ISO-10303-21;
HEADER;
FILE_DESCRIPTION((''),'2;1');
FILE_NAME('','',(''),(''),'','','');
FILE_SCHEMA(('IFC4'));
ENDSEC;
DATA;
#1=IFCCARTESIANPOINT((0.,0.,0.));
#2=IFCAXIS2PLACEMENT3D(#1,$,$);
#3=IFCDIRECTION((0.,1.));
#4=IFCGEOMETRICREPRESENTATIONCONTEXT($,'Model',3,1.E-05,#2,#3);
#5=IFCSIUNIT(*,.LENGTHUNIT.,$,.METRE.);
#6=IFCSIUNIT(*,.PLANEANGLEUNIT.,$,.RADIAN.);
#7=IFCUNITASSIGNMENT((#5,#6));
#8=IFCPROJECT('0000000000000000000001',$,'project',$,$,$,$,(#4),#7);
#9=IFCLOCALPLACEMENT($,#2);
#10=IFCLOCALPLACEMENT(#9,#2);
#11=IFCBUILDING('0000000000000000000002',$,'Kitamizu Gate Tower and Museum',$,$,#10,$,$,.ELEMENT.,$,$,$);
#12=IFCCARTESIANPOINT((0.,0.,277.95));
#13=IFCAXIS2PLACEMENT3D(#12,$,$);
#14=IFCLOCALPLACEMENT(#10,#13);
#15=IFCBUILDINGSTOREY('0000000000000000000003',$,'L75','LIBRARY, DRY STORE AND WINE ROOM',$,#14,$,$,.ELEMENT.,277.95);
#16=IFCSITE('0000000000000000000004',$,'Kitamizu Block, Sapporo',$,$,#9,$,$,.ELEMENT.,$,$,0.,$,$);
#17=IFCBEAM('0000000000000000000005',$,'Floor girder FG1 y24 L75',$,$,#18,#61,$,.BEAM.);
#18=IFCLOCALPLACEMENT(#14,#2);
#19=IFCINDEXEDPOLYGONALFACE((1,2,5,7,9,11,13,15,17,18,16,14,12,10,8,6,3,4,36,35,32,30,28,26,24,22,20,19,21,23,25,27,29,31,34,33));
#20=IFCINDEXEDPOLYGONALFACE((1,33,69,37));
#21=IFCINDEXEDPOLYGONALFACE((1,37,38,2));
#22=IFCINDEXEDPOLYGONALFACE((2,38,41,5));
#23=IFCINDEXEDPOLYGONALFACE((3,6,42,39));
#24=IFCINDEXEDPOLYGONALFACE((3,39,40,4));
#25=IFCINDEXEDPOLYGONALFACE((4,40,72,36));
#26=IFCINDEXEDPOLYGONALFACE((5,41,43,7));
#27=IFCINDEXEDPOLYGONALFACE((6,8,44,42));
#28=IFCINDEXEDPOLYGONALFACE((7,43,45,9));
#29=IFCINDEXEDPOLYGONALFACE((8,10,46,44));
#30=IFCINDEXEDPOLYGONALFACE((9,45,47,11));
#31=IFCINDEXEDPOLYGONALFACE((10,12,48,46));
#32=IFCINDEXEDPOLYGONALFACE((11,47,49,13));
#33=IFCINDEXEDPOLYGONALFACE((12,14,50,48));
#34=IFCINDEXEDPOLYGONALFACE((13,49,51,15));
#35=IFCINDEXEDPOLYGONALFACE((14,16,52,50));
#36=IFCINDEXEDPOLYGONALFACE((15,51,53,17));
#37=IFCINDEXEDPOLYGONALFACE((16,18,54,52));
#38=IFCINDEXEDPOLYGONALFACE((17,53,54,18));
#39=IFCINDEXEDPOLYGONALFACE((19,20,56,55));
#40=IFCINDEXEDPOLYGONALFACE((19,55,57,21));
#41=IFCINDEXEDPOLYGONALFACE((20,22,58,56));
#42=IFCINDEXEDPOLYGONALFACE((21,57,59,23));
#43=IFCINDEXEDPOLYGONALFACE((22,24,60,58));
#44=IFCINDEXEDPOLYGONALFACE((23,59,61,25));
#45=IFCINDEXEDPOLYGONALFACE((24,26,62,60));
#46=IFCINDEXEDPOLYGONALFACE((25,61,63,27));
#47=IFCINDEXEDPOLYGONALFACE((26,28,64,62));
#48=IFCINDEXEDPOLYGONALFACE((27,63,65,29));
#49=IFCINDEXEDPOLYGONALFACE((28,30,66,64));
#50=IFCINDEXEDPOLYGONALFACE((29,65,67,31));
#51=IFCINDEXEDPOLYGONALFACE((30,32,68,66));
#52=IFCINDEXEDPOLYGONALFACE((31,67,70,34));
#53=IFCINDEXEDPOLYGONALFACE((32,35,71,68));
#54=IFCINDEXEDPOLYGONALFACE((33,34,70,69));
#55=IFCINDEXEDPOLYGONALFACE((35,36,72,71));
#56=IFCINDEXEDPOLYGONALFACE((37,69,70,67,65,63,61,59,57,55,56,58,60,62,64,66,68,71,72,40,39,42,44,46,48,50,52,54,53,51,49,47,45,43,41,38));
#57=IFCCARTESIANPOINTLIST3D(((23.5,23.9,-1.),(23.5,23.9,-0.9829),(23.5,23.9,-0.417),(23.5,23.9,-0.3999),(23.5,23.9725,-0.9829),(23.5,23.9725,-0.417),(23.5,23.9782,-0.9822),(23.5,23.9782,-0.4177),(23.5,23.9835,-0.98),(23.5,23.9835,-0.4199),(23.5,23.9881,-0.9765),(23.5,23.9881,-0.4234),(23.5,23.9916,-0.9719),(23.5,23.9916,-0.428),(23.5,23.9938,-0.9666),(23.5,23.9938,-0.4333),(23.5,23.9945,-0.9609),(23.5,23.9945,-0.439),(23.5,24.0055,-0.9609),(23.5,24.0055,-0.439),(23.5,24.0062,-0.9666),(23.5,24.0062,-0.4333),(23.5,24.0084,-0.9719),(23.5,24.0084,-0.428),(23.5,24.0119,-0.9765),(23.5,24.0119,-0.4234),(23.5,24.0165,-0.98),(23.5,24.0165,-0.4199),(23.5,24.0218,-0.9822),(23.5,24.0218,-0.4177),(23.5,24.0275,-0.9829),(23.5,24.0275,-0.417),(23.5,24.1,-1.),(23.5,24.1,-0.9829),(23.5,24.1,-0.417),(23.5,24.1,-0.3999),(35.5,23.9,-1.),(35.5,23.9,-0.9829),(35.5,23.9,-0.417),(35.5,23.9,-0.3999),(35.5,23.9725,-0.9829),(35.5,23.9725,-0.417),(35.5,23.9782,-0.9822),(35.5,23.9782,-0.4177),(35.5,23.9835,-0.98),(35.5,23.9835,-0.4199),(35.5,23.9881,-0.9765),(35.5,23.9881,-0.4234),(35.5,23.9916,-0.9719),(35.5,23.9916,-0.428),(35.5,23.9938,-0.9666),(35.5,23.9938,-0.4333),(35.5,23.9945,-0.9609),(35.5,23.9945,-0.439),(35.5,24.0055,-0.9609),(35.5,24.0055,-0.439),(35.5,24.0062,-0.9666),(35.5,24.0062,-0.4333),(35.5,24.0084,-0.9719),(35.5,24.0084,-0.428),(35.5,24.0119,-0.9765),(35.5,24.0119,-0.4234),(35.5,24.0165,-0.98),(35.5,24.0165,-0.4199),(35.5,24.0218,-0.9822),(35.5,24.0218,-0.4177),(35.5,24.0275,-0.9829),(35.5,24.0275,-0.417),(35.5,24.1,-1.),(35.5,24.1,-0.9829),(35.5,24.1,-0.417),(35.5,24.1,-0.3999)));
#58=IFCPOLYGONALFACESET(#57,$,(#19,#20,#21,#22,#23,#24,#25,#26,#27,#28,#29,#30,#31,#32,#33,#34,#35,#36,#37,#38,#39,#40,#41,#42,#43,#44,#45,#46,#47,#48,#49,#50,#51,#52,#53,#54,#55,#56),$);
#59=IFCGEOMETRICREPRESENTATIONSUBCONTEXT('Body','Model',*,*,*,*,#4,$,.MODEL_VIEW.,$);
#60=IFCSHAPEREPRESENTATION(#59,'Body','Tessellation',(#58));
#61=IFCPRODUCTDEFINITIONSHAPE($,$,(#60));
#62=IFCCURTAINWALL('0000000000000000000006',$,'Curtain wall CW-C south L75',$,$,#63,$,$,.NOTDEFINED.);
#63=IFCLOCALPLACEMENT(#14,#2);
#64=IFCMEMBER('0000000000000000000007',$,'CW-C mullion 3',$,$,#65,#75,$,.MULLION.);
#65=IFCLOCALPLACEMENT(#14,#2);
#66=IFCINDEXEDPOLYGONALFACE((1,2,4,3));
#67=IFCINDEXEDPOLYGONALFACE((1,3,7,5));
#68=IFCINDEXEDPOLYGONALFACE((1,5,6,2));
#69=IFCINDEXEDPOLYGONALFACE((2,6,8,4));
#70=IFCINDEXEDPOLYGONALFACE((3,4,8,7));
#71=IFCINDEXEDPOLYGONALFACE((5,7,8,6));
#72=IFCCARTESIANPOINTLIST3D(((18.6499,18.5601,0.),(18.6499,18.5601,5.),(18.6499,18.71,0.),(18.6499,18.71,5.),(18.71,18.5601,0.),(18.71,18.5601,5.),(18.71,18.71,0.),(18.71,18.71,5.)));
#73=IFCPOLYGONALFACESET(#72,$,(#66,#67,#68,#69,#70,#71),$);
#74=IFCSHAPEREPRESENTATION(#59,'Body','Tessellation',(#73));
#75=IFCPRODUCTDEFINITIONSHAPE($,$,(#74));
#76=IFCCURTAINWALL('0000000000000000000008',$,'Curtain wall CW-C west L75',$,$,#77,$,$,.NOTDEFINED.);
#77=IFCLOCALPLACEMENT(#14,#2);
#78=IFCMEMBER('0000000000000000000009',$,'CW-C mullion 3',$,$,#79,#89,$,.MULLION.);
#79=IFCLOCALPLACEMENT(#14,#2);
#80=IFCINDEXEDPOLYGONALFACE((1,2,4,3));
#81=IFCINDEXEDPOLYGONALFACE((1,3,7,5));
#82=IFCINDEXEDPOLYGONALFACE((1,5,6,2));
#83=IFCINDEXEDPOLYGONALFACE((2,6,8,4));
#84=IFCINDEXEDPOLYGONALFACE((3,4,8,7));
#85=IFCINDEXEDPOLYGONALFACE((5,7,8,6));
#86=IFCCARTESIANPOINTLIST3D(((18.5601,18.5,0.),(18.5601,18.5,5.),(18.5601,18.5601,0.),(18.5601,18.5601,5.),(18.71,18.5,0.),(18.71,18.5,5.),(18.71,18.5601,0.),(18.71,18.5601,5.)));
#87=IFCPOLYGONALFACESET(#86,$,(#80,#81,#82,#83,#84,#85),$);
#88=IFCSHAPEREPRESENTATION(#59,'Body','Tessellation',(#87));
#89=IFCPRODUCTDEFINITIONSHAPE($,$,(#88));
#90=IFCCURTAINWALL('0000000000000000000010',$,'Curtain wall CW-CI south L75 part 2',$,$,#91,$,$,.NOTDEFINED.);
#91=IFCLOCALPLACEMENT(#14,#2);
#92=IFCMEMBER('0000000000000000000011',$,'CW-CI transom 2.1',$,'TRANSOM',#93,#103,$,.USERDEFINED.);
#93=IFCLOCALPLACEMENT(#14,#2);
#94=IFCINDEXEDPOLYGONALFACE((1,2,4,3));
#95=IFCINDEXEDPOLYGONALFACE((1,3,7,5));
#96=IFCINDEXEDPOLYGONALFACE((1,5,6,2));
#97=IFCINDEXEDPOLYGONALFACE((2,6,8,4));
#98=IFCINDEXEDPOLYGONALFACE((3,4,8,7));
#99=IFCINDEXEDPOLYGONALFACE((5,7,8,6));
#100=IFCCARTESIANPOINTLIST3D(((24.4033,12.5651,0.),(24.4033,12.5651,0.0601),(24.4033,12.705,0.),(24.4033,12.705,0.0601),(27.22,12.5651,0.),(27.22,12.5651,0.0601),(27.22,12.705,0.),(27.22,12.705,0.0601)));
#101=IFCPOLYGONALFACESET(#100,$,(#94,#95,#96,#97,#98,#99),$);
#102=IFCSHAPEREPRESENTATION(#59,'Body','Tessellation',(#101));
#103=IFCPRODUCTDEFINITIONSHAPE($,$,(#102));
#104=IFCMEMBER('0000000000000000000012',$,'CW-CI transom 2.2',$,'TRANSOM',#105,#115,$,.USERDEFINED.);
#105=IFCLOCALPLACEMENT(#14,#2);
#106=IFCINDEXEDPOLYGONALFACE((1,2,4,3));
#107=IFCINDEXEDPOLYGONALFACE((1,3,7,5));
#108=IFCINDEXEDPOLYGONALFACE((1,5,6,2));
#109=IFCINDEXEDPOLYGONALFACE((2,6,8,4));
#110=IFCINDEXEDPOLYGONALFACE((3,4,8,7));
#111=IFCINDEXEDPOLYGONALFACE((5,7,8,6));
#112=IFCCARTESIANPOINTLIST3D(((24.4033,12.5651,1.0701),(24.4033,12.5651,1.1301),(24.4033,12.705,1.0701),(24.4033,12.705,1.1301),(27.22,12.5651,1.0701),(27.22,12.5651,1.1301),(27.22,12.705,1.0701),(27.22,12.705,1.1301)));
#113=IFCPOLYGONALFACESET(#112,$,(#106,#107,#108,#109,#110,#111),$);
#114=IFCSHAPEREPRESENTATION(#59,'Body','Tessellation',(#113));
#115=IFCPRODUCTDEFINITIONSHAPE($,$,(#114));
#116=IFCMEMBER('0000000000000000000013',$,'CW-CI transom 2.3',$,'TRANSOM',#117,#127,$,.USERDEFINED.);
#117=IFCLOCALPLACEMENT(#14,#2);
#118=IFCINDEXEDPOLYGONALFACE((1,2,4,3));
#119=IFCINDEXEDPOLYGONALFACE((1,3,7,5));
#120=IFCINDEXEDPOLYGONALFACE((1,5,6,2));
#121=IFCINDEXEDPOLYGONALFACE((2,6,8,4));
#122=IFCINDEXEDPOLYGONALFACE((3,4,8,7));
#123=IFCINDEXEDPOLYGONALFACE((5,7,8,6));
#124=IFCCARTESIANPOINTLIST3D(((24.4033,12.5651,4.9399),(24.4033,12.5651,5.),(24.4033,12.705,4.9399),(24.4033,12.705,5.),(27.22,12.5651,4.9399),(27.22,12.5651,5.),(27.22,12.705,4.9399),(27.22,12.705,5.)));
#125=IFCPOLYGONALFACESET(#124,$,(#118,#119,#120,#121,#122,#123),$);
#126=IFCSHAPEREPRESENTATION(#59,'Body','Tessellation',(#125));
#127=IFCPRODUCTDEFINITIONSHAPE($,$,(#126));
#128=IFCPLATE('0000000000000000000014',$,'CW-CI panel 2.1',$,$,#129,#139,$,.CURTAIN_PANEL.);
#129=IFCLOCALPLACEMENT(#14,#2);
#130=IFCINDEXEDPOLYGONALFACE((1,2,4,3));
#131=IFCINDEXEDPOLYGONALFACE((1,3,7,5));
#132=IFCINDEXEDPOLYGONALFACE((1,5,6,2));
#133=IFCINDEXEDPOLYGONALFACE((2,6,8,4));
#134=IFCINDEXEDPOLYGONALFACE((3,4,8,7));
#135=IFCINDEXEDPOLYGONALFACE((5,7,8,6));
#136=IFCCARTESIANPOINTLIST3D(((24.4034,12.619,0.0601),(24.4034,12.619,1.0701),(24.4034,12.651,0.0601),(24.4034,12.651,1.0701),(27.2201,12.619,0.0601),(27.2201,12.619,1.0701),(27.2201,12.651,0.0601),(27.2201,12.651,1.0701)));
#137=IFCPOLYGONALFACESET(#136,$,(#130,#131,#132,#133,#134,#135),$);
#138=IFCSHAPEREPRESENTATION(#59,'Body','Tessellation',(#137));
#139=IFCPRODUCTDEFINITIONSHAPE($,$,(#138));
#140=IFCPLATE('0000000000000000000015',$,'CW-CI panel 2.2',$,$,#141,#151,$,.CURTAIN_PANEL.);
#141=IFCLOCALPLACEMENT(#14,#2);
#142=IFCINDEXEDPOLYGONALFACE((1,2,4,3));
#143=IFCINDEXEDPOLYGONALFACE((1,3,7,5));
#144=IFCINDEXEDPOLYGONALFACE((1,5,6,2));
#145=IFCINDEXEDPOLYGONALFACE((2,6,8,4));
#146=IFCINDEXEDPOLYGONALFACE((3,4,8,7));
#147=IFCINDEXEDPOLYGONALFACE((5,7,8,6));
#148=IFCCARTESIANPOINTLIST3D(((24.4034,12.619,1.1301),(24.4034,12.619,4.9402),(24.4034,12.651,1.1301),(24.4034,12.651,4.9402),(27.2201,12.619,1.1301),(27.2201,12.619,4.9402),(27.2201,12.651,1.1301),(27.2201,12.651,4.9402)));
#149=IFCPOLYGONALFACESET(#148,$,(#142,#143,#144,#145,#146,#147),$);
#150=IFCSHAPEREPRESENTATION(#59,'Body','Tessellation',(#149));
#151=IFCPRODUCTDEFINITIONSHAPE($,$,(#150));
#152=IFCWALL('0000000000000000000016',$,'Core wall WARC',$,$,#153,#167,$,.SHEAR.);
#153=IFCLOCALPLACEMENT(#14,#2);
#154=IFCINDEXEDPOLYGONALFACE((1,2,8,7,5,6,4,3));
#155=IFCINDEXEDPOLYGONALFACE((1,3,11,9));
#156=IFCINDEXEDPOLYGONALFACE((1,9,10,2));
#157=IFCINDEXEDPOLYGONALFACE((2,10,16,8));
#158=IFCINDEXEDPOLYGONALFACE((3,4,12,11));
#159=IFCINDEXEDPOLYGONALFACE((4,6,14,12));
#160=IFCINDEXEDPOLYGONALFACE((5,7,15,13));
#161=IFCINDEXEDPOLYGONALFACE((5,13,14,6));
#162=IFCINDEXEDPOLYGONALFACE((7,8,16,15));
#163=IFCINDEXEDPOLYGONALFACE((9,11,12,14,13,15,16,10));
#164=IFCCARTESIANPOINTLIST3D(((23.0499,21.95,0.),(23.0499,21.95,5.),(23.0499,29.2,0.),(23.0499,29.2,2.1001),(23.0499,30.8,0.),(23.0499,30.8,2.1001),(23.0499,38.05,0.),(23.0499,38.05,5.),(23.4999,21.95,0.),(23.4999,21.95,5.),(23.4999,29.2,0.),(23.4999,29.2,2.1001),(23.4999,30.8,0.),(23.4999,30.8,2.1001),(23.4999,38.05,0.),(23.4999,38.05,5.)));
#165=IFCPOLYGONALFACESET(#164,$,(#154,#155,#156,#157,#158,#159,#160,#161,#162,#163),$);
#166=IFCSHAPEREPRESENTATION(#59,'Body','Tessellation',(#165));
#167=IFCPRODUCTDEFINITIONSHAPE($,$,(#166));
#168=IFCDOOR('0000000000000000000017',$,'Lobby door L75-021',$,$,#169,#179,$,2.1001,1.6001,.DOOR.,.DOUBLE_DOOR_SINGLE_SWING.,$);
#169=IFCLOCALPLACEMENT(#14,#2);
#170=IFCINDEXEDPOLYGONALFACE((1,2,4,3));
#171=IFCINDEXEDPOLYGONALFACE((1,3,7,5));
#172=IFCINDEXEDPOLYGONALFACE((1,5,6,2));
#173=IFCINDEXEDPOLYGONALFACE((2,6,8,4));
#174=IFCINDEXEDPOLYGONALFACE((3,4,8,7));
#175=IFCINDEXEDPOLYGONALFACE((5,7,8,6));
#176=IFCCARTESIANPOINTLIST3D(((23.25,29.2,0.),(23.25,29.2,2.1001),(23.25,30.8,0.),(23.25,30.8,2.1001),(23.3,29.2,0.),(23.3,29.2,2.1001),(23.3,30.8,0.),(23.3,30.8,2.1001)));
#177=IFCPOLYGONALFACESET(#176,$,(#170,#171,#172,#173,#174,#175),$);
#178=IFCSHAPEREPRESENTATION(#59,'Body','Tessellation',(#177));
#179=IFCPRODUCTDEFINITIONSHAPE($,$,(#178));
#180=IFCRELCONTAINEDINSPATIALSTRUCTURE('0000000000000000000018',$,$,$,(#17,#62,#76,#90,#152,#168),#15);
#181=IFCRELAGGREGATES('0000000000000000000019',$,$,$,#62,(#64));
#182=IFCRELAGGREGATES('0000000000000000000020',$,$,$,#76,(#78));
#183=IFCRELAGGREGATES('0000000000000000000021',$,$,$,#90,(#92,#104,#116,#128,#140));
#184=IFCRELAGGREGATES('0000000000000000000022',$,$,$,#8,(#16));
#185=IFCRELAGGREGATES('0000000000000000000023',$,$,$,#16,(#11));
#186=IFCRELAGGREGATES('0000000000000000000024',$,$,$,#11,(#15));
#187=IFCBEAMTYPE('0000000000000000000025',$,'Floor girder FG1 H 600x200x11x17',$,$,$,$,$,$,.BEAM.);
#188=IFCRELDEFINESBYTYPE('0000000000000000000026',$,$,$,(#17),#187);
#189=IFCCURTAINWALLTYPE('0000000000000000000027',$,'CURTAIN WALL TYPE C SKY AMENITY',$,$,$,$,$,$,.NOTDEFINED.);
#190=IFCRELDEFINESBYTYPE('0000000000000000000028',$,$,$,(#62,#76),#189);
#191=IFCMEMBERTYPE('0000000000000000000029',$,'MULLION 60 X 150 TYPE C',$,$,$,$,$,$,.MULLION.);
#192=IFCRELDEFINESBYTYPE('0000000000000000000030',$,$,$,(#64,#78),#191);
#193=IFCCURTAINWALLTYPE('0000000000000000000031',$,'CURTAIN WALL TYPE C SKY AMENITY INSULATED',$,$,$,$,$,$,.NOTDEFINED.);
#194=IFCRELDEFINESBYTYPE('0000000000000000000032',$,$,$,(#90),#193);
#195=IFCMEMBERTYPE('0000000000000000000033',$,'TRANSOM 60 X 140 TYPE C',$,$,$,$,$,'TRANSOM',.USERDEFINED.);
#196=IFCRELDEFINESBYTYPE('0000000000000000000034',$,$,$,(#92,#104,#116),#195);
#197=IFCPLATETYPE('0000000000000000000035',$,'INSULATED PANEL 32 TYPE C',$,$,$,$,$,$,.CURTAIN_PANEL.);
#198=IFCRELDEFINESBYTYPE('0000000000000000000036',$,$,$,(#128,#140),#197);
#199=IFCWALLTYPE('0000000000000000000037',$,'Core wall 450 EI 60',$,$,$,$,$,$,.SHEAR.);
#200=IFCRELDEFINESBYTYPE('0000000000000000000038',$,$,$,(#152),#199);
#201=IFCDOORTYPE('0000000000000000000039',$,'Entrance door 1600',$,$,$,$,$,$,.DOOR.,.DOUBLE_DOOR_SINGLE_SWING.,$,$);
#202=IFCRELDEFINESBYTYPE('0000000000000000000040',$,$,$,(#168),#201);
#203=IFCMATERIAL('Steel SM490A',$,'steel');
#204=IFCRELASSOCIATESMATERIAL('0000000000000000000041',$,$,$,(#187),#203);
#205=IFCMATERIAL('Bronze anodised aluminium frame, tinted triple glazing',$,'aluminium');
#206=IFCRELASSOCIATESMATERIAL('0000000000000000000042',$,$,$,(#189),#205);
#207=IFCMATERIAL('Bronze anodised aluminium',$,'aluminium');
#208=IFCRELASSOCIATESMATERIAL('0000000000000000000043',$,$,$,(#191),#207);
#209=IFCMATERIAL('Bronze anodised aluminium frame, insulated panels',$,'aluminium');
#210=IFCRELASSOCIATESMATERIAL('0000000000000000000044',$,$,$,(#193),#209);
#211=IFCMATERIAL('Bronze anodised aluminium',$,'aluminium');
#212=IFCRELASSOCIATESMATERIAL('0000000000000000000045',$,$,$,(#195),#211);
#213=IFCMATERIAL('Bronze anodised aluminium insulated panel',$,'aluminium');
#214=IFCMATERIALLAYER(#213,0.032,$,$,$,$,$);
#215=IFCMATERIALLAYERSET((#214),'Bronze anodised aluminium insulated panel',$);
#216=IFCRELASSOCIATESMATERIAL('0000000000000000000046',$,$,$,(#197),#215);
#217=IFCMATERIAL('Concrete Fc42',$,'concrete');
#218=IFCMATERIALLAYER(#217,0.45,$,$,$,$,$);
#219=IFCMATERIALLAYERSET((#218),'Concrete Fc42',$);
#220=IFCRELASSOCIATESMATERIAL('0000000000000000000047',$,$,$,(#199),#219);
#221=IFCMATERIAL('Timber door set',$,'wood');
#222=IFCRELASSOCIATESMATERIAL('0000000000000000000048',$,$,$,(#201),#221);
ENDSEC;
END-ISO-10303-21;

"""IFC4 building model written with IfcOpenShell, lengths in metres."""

from ifc_helpers import new_model, si_unit, direction, frame, frame_2d, origin, origin_2d, place, context, subcontext, project, spatial, rectangle, i_section, extrude, material, layer, layer_set, material_profile, profile_set, type_object, element, fill, aggregate, save


model = new_model("IFC4")

# Units and contexts
model_context = context("Model", 3, precision=1e-05, world=origin(), true_north=direction((0.0, 1.0)))
body_context = subcontext(model_context, "Body", "Model", "MODEL_VIEW")
ifc_project = project(units=[si_unit("LENGTHUNIT", "METRE"), si_unit("PLANEANGLEUNIT", "RADIAN")], contexts=[model_context])

# Site, building, storey
site_placement = place(None, origin())
site = spatial("IfcSite", under=ifc_project, at=site_placement, Name="Kitamizu Block, Sapporo", CompositionType="ELEMENT", RefElevation=0.0)
building_placement = place(site_placement, origin())
building = spatial("IfcBuilding", under=site, at=building_placement, Name="Kitamizu Gate Tower and Museum", CompositionType="ELEMENT")
storey_placement = place(building_placement, frame((0.0, 0.0, 277.95)))
storey = spatial("IfcBuildingStorey", under=building, at=storey_placement, Name="L75", Description="LIBRARY, DRY STORE AND WINE ROOM", CompositionType="ELEMENT", Elevation=277.95)

# Beam
ifc_material_1 = material(Name="Steel SM490A", Category="steel")
ifc_material_profile_1 = material_profile(ifc_material_1, i_section(OverallWidth=0.2, OverallDepth=0.6001, WebThickness=0.011, FlangeThickness=0.0171, FilletRadius=0.022, at=origin_2d()), Name="H-600x200x11x17")
ifc_profile_set_1 = profile_set([ifc_material_profile_1], Name="Steel SM490A")
beam_type = type_object("IfcBeamType", Name="Floor girder FG1 H 600x200x11x17", PredefinedType="BEAM", material=ifc_profile_set_1)
beam_placement = place(storey_placement, frame((23.5, 24.0, -0.7), z_axis=(1.0, 0.0, 0.0), x_axis=(0.0, 1.0, 0.0)))
element("IfcBeam", 1, at=beam_placement, inside=storey, type_object=beam_type, Name="Floor girder FG1 y24 L75", PredefinedType="BEAM", context=body_context, shape_type="SweptSolid", body=[
    extrude(i_section(OverallWidth=0.2, OverallDepth=0.6001, WebThickness=0.011, FlangeThickness=0.0171, FilletRadius=0.022, at=origin_2d()), origin(), (0.0, 0.0, 1.0), 12.0),
])

# Curtain walls, members
ifc_material_2 = material(Name="Bronze anodised aluminium frame, tinted triple glazing", Category="aluminium")
curtain_wall_type_1 = type_object("IfcCurtainWallType", Name="CURTAIN WALL TYPE C SKY AMENITY", PredefinedType="NOTDEFINED", material=ifc_material_2)
curtain_wall_1_placement = place(storey_placement, origin())
curtain_wall_1 = element("IfcCurtainWall", 2, at=curtain_wall_1_placement, inside=storey, type_object=curtain_wall_type_1, Name="Curtain wall CW-C south L75", PredefinedType="NOTDEFINED")
ifc_material_3 = material(Name="Bronze anodised aluminium", Category="aluminium")
ifc_material_profile_2 = material_profile(ifc_material_3, rectangle(XDim=0.0601, YDim=0.1499, at=origin_2d()), Name="AL 60X150")
ifc_profile_set_2 = profile_set([ifc_material_profile_2], Name="Bronze anodised aluminium")
member_type_1 = type_object("IfcMemberType", Name="MULLION 60 X 150 TYPE C", PredefinedType="MULLION", material=ifc_profile_set_2)
member_1_placement = place(storey_placement, frame((18.6799, 18.635, 0.0), z_axis=(0.0, 0.0, 1.0), x_axis=(1.0, 0.0, 0.0)))
member_1 = element("IfcMember", 3, at=member_1_placement, type_object=member_type_1, Name="CW-C mullion 3", PredefinedType="MULLION", context=body_context, shape_type="SweptSolid", body=[
    extrude(rectangle(XDim=0.0601, YDim=0.1499, at=origin_2d()), origin(), (0.0, 0.0, 1.0), 5.0),
])
aggregate(curtain_wall_1, [member_1])
curtain_wall_2_placement = place(storey_placement, origin())
curtain_wall_2 = element("IfcCurtainWall", 4, at=curtain_wall_2_placement, inside=storey, type_object=curtain_wall_type_1, Name="Curtain wall CW-C west L75", PredefinedType="NOTDEFINED")
member_2_placement = place(storey_placement, frame((18.635, 18.53, 0.0), z_axis=(0.0, 0.0, 1.0), x_axis=(0.0, 1.0, 0.0)))
member_2 = element("IfcMember", 5, at=member_2_placement, type_object=member_type_1, Name="CW-C mullion 3", PredefinedType="MULLION", context=body_context, shape_type="SweptSolid", body=[
    extrude(rectangle(XDim=0.0601, YDim=0.1499, at=origin_2d()), origin(), (0.0, 0.0, 1.0), 5.0),
])
aggregate(curtain_wall_2, [member_2])

# Curtain wall, members, plates
ifc_material_4 = material(Name="Bronze anodised aluminium frame, insulated panels", Category="aluminium")
curtain_wall_type_2 = type_object("IfcCurtainWallType", Name="CURTAIN WALL TYPE C SKY AMENITY INSULATED", PredefinedType="NOTDEFINED", material=ifc_material_4)
curtain_wall_3_placement = place(storey_placement, origin())
curtain_wall_3 = element("IfcCurtainWall", 6, at=curtain_wall_3_placement, inside=storey, type_object=curtain_wall_type_2, Name="Curtain wall CW-CI south L75 part 2", PredefinedType="NOTDEFINED")
ifc_material_5 = material(Name="Bronze anodised aluminium", Category="aluminium")
ifc_material_profile_3 = material_profile(ifc_material_5, rectangle(XDim=0.1399, YDim=0.0601, at=origin_2d()), Name="AL 60X140")
ifc_profile_set_3 = profile_set([ifc_material_profile_3], Name="Bronze anodised aluminium")
member_type_2 = type_object("IfcMemberType", Name="TRANSOM 60 X 140 TYPE C", ElementType="TRANSOM", PredefinedType="USERDEFINED", material=ifc_profile_set_3)
member_3_placement = place(storey_placement, frame((24.4033, 12.635, 0.03), z_axis=(1.0, 0.0, 0.0), x_axis=(0.0, 1.0, 0.0)))
member_3 = element("IfcMember", 7, at=member_3_placement, type_object=member_type_2, Name="CW-CI transom 2.1", ObjectType="TRANSOM", PredefinedType="USERDEFINED", context=body_context, shape_type="SweptSolid", body=[
    extrude(rectangle(XDim=0.1399, YDim=0.0601, at=origin_2d()), origin(), (0.0, 0.0, 1.0), 2.8167),
])
member_4_placement = place(storey_placement, frame((24.4033, 12.635, 1.1001), z_axis=(1.0, 0.0, 0.0), x_axis=(0.0, 1.0, 0.0)))
member_4 = element("IfcMember", 8, at=member_4_placement, type_object=member_type_2, Name="CW-CI transom 2.2", ObjectType="TRANSOM", PredefinedType="USERDEFINED", context=body_context, shape_type="SweptSolid", body=[
    extrude(rectangle(XDim=0.1399, YDim=0.0601, at=origin_2d()), origin(), (0.0, 0.0, 1.0), 2.8167),
])
member_5_placement = place(storey_placement, frame((24.4033, 12.635, 4.97), z_axis=(1.0, 0.0, 0.0), x_axis=(0.0, 1.0, 0.0)))
member_5 = element("IfcMember", 9, at=member_5_placement, type_object=member_type_2, Name="CW-CI transom 2.3", ObjectType="TRANSOM", PredefinedType="USERDEFINED", context=body_context, shape_type="SweptSolid", body=[
    extrude(rectangle(XDim=0.1399, YDim=0.0601, at=origin_2d()), origin(), (0.0, 0.0, 1.0), 2.8167),
])
ifc_material_6 = material(Name="Bronze anodised aluminium insulated panel", Category="aluminium")
ifc_layer_1 = layer(ifc_material_6, 0.032)
ifc_layer_set_1 = layer_set([ifc_layer_1], Name="Bronze anodised aluminium insulated panel")
plate_type = type_object("IfcPlateType", Name="INSULATED PANEL 32 TYPE C", PredefinedType="CURTAIN_PANEL", material=ifc_layer_set_1)
plate_1_placement = place(storey_placement, frame((25.8118, 12.635, 0.0601), z_axis=(0.0, 0.0, 1.0), x_axis=(1.0, 0.0, 0.0)))
plate_1 = element("IfcPlate", 10, at=plate_1_placement, type_object=plate_type, Name="CW-CI panel 2.1", PredefinedType="CURTAIN_PANEL", context=body_context, shape_type="SweptSolid", body=[
    extrude(rectangle(XDim=2.8167, YDim=0.032, at=origin_2d()), origin(), (0.0, 0.0, 1.0), 1.01),
])
plate_2_placement = place(storey_placement, frame((25.8118, 12.635, 1.1301), z_axis=(0.0, 0.0, 1.0), x_axis=(1.0, 0.0, 0.0)))
plate_2 = element("IfcPlate", 11, at=plate_2_placement, type_object=plate_type, Name="CW-CI panel 2.2", PredefinedType="CURTAIN_PANEL", context=body_context, shape_type="SweptSolid", body=[
    extrude(rectangle(XDim=2.8167, YDim=0.032, at=origin_2d()), origin(), (0.0, 0.0, 1.0), 3.8101),
])
aggregate(curtain_wall_3, [member_3, member_4, member_5, plate_1, plate_2])

# Wall, opening, door
ifc_material_7 = material(Name="Concrete Fc42", Category="concrete")
ifc_layer_2 = layer(ifc_material_7, 0.45)
ifc_layer_set_2 = layer_set([ifc_layer_2], Name="Concrete Fc42")
wall_type_1 = type_object("IfcWallType", Name="Core wall 450 EI 60", PredefinedType="SHEAR", material=ifc_layer_set_2)
wall_1_placement = place(storey_placement, frame((23.2749, 21.95, 0.0), z_axis=(0.0, 0.0, 1.0), x_axis=(0.0, 1.0, 0.0)))
wall_1 = element("IfcWall", 12, at=wall_1_placement, inside=storey, type_object=wall_type_1, Name="Core wall WARC", PredefinedType="SHEAR", context=body_context, shape_type="SweptSolid", body=[
    extrude(rectangle(XDim=16.1001, YDim=0.45, at=frame_2d((8.05, 0.0))), origin(), (0.0, 0.0, 1.0), 5.0),
])
opening_1_placement = place(wall_1_placement, frame((7.25, 0.0, 0.0)))
opening_1 = element("IfcOpeningElement", 13, at=opening_1_placement, cuts=wall_1, PredefinedType="OPENING", context=body_context, shape_type="SweptSolid", body=[
    extrude(rectangle(XDim=1.6001, YDim=2.1001, at=frame_2d((0.8, 1.05))), frame((0.0, 0.2349, 0.0), z_axis=(0.0, -1.0, 0.0), x_axis=(1.0, 0.0, 0.0)), (0.0, 0.0, 1.0), 0.47),
])
ifc_material_8 = material(Name="Timber door set", Category="wood")
door_type_1 = type_object("IfcDoorType", Name="Entrance door 1600", OperationType="DOUBLE_DOOR_SINGLE_SWING", PredefinedType="DOOR", material=ifc_material_8)
door_1_placement = place(opening_1_placement, origin())
door_1 = element("IfcDoor", 14, at=door_1_placement, inside=storey, type_object=door_type_1, Name="Lobby door L75-021", OperationType="DOUBLE_DOOR_SINGLE_SWING", OverallHeight=2.1001, OverallWidth=1.6001, PredefinedType="DOOR", context=body_context, shape_type="SweptSolid", body=[
    extrude(rectangle(XDim=1.6001, YDim=2.1001, at=frame_2d((0.8, 1.05))), frame((0.0, 0.0249, 0.0), z_axis=(0.0, -1.0, 0.0), x_axis=(1.0, 0.0, 0.0)), (0.0, 0.0, 1.0), 0.05),
])
fill(opening_1, door_1)

save(model, "model.ifc")
